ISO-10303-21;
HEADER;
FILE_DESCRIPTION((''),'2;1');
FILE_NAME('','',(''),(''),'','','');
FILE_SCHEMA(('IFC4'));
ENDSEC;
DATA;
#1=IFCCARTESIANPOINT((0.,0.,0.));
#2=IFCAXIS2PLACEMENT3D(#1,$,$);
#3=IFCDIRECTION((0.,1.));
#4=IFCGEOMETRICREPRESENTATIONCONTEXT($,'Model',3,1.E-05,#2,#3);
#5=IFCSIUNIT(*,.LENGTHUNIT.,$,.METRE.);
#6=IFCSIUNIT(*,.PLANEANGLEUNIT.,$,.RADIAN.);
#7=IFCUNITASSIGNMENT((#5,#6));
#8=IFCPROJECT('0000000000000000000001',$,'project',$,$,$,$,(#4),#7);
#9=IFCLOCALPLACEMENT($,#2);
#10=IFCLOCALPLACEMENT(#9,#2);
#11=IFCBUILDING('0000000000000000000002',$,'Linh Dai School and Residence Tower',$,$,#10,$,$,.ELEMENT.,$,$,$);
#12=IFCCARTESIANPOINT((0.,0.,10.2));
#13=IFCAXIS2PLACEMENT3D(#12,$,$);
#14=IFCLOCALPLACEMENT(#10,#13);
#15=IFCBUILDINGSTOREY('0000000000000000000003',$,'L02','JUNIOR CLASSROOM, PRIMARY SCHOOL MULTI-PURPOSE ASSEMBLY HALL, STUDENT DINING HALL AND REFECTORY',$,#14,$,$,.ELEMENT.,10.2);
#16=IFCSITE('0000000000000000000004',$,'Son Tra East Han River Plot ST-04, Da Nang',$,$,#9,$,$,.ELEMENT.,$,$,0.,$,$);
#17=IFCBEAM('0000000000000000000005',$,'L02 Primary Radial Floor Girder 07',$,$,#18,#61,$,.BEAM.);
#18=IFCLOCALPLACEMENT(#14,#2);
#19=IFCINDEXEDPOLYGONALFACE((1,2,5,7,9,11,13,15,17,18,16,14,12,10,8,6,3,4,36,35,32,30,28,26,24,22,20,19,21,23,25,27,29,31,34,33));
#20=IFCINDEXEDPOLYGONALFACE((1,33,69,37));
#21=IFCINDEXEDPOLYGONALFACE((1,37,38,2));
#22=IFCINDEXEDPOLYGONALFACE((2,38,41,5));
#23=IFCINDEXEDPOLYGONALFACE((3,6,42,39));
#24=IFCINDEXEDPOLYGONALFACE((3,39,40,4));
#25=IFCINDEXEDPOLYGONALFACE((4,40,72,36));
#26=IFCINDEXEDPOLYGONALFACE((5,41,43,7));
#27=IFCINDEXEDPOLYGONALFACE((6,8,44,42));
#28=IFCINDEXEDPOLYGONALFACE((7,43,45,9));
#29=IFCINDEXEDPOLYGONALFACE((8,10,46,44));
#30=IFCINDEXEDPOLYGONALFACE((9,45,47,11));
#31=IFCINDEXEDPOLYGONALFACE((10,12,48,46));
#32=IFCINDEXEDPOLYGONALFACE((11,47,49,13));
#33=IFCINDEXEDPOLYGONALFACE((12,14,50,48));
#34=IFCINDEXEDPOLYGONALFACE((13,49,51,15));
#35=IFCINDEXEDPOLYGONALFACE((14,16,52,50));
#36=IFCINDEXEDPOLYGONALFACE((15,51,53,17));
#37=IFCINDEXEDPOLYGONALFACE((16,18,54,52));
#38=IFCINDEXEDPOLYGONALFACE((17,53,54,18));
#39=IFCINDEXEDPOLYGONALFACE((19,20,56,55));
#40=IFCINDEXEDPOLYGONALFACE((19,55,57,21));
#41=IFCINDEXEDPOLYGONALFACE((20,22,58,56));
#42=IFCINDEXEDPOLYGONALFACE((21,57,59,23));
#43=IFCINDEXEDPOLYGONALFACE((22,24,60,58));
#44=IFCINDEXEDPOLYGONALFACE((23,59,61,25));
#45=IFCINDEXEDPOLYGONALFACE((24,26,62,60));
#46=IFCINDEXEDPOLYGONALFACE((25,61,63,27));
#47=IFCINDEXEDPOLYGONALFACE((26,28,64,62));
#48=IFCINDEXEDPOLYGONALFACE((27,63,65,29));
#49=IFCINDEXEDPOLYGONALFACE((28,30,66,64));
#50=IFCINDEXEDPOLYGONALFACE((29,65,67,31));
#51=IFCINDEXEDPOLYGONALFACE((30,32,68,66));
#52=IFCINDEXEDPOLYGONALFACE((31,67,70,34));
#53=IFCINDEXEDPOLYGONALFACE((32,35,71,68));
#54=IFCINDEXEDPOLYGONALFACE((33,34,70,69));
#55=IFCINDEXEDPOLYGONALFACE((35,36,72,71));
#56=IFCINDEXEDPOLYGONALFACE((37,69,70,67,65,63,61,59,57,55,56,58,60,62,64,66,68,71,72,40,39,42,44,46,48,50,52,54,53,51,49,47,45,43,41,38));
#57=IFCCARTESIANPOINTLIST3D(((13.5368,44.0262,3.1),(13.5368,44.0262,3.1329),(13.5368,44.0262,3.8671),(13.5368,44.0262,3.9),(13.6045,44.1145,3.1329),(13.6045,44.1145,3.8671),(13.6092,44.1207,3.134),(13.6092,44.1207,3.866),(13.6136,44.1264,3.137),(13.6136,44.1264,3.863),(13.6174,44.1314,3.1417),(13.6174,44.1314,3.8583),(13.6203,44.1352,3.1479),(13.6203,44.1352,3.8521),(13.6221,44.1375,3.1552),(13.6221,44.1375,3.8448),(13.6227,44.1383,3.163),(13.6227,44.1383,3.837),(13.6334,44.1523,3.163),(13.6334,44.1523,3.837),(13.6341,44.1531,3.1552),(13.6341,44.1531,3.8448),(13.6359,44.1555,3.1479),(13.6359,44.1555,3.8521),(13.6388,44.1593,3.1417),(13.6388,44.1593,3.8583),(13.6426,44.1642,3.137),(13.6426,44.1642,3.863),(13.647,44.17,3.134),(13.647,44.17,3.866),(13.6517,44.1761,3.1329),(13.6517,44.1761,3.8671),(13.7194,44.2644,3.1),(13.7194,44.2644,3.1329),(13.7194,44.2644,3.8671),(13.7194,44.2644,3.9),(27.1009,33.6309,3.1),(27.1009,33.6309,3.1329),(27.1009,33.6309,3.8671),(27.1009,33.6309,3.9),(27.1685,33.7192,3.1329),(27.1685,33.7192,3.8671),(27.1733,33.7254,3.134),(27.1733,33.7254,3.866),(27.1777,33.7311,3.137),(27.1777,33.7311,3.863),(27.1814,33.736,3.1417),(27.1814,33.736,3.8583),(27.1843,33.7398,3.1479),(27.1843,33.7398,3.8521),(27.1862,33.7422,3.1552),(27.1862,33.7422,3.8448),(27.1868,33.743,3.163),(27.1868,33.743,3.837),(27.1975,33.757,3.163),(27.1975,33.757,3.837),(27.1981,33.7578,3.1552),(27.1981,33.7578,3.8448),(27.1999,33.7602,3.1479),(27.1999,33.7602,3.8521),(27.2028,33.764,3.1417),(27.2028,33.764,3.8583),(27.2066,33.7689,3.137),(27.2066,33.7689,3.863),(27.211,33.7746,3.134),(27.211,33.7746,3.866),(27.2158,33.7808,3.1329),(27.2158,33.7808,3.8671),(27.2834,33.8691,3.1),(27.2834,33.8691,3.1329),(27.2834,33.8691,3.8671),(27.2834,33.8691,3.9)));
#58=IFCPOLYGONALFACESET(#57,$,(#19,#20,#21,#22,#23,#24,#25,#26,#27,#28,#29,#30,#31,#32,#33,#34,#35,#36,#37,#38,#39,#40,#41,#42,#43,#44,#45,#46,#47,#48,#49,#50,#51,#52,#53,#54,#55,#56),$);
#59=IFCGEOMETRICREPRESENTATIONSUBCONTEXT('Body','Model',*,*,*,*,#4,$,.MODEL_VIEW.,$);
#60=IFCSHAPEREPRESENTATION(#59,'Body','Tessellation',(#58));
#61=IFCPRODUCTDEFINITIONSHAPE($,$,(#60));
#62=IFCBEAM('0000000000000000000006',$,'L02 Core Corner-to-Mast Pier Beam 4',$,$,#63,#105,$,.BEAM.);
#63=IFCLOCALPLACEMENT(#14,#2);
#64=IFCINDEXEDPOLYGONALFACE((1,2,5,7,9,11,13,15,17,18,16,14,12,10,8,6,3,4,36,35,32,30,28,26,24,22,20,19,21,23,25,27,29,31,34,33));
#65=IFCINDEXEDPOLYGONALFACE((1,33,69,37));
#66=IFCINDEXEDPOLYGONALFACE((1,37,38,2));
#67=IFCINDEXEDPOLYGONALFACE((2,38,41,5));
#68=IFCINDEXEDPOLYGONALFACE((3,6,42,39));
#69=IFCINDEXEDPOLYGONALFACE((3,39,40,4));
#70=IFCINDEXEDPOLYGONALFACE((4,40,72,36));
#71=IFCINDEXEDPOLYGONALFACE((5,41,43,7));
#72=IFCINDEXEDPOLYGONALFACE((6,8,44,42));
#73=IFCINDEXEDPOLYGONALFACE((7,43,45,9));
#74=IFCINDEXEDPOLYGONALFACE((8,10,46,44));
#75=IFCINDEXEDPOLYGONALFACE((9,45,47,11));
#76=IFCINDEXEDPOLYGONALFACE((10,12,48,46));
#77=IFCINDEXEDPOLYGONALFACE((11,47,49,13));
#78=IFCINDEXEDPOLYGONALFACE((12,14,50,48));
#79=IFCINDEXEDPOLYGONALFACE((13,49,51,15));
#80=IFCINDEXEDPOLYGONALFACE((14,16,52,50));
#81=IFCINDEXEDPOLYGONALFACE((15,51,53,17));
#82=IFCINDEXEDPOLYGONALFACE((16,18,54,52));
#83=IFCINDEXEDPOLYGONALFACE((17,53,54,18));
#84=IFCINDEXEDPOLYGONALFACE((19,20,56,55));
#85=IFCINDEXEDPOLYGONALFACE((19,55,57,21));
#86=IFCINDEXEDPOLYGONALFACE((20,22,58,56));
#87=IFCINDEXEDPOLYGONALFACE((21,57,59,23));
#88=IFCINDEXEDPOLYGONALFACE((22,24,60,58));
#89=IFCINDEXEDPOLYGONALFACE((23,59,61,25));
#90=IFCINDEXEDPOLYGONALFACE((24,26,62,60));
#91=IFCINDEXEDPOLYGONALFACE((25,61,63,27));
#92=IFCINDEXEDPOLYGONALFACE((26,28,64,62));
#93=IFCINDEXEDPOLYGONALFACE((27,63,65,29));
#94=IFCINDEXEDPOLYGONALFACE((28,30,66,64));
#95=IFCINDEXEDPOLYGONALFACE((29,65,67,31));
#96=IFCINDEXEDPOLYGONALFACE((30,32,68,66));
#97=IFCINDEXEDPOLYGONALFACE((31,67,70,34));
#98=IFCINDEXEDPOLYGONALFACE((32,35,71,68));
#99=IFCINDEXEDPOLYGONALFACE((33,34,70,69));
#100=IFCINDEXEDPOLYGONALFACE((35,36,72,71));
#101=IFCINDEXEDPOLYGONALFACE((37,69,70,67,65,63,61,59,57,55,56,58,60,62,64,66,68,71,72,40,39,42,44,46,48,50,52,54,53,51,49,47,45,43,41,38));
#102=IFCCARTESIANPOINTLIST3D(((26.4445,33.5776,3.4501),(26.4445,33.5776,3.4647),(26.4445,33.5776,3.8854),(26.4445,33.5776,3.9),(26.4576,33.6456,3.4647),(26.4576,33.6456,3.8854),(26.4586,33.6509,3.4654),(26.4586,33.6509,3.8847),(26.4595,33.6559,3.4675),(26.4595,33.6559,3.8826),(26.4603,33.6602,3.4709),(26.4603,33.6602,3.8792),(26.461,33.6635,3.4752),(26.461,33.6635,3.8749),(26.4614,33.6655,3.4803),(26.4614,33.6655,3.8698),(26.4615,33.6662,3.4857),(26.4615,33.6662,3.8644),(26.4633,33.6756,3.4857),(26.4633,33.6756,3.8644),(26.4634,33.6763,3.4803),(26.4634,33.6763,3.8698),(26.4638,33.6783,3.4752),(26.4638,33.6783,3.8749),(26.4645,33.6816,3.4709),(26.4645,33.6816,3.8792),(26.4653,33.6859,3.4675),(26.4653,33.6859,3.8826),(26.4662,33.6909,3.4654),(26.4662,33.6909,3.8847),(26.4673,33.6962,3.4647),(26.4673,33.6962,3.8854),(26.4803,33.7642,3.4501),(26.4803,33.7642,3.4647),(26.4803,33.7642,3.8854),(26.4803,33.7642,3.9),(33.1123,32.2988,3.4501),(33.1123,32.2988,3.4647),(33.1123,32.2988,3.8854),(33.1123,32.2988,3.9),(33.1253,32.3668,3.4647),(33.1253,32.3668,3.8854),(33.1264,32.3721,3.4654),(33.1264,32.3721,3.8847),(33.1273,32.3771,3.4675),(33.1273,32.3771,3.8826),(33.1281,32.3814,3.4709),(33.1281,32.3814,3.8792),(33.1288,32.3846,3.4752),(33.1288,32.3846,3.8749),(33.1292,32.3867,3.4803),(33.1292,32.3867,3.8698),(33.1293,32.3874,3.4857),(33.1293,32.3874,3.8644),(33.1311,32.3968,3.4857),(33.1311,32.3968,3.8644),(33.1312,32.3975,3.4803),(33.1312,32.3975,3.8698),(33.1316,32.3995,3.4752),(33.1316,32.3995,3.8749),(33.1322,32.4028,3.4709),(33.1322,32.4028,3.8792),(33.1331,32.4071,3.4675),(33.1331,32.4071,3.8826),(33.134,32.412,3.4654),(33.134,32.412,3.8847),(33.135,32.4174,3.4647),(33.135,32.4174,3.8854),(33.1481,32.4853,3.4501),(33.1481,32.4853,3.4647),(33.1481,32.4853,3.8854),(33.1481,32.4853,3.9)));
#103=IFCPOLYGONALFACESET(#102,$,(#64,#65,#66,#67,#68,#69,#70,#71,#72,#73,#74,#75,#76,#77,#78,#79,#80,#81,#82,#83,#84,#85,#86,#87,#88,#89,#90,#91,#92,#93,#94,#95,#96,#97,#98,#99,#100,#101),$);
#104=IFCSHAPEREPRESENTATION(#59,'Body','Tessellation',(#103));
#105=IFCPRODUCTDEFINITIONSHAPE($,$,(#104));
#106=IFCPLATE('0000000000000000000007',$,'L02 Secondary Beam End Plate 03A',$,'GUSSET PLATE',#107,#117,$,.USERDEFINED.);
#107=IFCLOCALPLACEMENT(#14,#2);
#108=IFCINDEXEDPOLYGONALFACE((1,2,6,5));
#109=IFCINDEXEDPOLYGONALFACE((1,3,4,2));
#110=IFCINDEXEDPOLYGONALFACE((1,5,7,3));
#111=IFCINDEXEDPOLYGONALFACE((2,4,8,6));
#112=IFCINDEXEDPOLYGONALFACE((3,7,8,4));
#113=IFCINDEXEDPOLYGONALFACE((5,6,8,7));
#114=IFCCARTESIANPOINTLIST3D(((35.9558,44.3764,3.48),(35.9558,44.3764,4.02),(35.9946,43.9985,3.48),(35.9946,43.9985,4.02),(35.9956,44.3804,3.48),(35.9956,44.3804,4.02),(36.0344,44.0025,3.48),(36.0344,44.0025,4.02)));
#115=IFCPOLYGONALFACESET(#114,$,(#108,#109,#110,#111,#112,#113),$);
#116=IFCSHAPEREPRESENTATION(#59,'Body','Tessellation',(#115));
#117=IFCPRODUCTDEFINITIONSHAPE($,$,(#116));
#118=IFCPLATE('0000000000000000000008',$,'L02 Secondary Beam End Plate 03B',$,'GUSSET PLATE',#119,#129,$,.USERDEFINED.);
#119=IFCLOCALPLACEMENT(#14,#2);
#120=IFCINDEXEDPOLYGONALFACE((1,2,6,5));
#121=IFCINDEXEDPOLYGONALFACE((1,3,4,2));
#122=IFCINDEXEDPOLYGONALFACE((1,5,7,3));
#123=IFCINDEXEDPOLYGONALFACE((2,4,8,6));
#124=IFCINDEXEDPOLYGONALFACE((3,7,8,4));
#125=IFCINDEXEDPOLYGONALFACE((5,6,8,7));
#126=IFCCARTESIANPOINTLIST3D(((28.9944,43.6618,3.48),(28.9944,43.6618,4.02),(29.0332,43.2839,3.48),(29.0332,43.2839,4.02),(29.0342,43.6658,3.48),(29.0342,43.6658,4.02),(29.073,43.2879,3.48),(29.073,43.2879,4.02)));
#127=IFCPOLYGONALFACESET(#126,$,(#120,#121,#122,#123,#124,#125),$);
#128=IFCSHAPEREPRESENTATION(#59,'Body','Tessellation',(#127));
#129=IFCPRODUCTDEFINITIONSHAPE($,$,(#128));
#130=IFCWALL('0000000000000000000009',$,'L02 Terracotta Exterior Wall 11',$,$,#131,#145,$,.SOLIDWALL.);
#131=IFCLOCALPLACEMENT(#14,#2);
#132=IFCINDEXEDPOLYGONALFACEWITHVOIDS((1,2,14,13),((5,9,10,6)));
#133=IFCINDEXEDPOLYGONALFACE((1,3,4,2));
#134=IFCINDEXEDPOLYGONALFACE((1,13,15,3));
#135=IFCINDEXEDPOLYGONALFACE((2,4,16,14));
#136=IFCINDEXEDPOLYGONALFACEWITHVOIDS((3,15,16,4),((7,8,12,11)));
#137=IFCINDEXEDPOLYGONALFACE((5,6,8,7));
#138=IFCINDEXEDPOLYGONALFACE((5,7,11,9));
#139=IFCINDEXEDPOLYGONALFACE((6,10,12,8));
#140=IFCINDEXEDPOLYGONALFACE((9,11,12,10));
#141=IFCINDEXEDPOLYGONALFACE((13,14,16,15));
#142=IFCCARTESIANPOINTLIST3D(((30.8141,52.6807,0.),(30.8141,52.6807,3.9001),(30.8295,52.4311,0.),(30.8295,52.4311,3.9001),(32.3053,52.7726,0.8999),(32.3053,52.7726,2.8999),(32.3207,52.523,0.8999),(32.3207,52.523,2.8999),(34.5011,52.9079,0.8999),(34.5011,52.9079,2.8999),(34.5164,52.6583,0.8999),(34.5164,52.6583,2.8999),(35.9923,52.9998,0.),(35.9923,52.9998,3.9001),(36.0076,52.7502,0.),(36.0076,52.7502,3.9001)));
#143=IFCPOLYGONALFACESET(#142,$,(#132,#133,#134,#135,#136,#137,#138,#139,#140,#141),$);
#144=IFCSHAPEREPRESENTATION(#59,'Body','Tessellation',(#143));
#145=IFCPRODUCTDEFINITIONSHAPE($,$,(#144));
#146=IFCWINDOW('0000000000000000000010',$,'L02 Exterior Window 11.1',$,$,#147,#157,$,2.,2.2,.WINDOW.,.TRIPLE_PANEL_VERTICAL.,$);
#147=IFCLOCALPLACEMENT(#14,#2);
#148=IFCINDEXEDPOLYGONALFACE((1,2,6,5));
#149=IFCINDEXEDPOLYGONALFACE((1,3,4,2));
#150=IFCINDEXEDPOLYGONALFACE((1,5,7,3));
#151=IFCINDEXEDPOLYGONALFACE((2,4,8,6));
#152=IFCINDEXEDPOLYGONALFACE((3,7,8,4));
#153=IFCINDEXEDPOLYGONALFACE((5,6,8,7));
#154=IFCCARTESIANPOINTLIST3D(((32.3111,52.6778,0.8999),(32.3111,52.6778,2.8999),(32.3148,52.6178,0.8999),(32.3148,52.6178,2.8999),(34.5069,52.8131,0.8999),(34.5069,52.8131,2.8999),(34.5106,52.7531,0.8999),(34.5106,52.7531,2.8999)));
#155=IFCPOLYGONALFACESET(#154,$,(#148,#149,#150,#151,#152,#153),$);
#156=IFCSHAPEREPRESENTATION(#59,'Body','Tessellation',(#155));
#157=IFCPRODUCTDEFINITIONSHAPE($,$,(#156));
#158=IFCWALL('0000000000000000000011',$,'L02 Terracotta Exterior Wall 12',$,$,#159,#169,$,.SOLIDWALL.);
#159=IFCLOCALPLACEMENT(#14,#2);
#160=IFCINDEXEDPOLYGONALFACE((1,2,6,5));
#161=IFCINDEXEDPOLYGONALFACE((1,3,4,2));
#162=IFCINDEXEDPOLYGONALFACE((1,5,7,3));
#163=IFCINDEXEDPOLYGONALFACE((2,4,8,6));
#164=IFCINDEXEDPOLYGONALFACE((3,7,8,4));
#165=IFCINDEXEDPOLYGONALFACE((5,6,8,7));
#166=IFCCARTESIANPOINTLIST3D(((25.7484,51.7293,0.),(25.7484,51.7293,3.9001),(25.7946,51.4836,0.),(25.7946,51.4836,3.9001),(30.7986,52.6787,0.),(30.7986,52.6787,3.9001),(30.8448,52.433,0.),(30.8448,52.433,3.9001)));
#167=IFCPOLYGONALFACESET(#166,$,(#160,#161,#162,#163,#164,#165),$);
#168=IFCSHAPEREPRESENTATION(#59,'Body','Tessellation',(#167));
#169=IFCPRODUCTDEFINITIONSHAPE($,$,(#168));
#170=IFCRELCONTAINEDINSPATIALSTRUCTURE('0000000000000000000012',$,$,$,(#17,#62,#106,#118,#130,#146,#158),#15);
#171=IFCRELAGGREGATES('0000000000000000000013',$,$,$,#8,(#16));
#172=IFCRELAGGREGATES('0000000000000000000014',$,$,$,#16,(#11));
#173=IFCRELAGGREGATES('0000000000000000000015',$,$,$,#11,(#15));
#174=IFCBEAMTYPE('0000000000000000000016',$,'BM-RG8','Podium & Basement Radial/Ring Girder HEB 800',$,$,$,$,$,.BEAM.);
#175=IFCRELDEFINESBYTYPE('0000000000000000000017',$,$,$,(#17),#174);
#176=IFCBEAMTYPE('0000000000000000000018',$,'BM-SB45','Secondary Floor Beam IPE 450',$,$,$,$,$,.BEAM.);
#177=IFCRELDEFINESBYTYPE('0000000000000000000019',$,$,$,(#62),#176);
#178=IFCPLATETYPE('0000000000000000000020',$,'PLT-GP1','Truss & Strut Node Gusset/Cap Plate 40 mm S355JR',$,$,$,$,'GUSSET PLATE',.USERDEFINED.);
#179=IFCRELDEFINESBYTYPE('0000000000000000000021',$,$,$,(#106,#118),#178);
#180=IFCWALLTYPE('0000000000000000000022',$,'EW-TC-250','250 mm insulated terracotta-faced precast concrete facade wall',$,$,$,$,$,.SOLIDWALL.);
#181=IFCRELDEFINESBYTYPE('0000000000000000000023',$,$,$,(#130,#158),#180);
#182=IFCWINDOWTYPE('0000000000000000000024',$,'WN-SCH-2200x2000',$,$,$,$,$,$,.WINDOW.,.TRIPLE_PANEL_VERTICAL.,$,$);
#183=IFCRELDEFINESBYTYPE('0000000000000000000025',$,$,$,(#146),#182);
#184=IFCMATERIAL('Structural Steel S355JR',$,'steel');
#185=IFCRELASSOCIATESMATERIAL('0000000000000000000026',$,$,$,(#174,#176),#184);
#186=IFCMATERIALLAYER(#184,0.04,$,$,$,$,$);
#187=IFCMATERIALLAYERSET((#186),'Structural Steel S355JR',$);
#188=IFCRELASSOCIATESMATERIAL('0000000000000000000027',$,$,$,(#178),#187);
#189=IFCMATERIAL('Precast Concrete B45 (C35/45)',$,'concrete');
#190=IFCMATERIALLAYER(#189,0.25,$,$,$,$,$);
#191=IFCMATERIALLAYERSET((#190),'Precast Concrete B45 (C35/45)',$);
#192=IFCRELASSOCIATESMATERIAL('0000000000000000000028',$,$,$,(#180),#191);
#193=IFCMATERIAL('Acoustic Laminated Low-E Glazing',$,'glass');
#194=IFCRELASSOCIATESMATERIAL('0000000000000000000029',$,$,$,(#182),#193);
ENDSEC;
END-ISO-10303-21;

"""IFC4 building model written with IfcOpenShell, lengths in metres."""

from ifc_helpers import new_model, si_unit, direction, frame, frame_2d, origin, origin_2d, place, context, subcontext, project, spatial, rectangle, i_section, extrude, source, transform, mapped, material, layer, layer_set, material_profile, profile_set, type_object, element, fill, save


model = new_model("IFC4")

# Units and contexts
model_context = context("Model", 3, precision=1e-05, world=origin(), true_north=direction((0.0, 1.0)))
body_context = subcontext(model_context, "Body", "Model", "MODEL_VIEW")
ifc_project = project(units=[si_unit("LENGTHUNIT", "METRE"), si_unit("PLANEANGLEUNIT", "RADIAN")], contexts=[model_context])

# Site, building, storey
site_placement = place(None, origin())
site = spatial("IfcSite", under=ifc_project, at=site_placement, Name="Son Tra East Han River Plot ST-04, Da Nang", CompositionType="ELEMENT", RefElevation=0.0)
building_placement = place(site_placement, origin())
building = spatial("IfcBuilding", under=site, at=building_placement, Name="Linh Dai School and Residence Tower", CompositionType="ELEMENT")
storey_placement = place(building_placement, frame((0.0, 0.0, 10.2)))
storey = spatial("IfcBuildingStorey", under=building, at=storey_placement, Name="L02", Description="JUNIOR CLASSROOM, PRIMARY SCHOOL MULTI-PURPOSE ASSEMBLY HALL, STUDENT DINING HALL AND REFECTORY", CompositionType="ELEMENT", Elevation=10.2)

# Shared definitions
ifc_material_1 = material(Name="Structural Steel S355JR", Category="steel")

# Beams
ifc_material_profile_1 = material_profile(ifc_material_1, i_section(OverallWidth=0.3, OverallDepth=0.8, WebThickness=0.0176, FlangeThickness=0.033, FilletRadius=0.03, at=origin_2d()), Name="HEB 800")
ifc_profile_set_1 = profile_set([ifc_material_profile_1], Name="Structural Steel S355JR")
beam_type_1 = type_object("IfcBeamType", Name="BM-RG8", Description="Podium & Basement Radial/Ring Girder HEB 800", PredefinedType="BEAM", material=ifc_profile_set_1)
beam_1_placement = place(storey_placement, frame((27.1921, 33.75, 3.5), z_axis=(-0.793713, 0.608292, 0.0), x_axis=(-0.608292, -0.793713, 0.0)))
element("IfcBeam", 1, at=beam_1_placement, inside=storey, type_object=beam_type_1, Name="L02 Primary Radial Floor Girder 07", PredefinedType="BEAM", context=body_context, shape_type="SweptSolid", body=[
    extrude(i_section(OverallWidth=0.3, OverallDepth=0.8, WebThickness=0.0176, FlangeThickness=0.033, FilletRadius=0.03, at=origin_2d()), origin(), (0.0, 0.0, 1.0), 17.0894),
])
ifc_material_profile_2 = material_profile(ifc_material_1, i_section(OverallWidth=0.1899, OverallDepth=0.45, WebThickness=0.0095, FlangeThickness=0.0146, FilletRadius=0.021, at=origin_2d()), Name="IPE 450")
ifc_profile_set_2 = profile_set([ifc_material_profile_2], Name="Structural Steel S355JR")
beam_type_2 = type_object("IfcBeamType", Name="BM-SB45", Description="Secondary Floor Beam IPE 450", PredefinedType="BEAM", material=ifc_profile_set_2)
beam_2_placement = place(storey_placement, frame((26.4624, 33.6709, 3.675), z_axis=(0.9821, -0.188358, 0.0), x_axis=(0.188358, 0.9821, 0.0)))
element("IfcBeam", 2, at=beam_2_placement, inside=storey, type_object=beam_type_2, Name="L02 Core Corner-to-Mast Pier Beam 4", PredefinedType="BEAM", context=body_context, shape_type="SweptSolid", body=[
    extrude(i_section(OverallWidth=0.1899, OverallDepth=0.45, WebThickness=0.0095, FlangeThickness=0.0146, FilletRadius=0.021, at=origin_2d()), origin(), (0.0, 0.0, 1.0), 6.7893),
])

# Plates
ifc_layer_1 = layer(ifc_material_1, 0.04)
ifc_layer_set_1 = layer_set([ifc_layer_1], Name="Structural Steel S355JR")
plate_type = type_object("IfcPlateType", Name="PLT-GP1", Description="Truss & Strut Node Gusset/Cap Plate 40 mm S355JR", ElementType="GUSSET PLATE", PredefinedType="USERDEFINED", material=ifc_layer_set_1)
shared_shape_1 = source(origin(), body_context, "Body", "SweptSolid", [
    extrude(rectangle(XDim=0.04, YDim=0.3799, at=origin_2d()), origin(), (0.0, 0.0, 1.0), 0.54),
])
for number, where, z_axis, x_axis, name in (
    (3, (35.9951, 44.1895, 3.48), (0.0, 0.0, 1.0), (-0.994772, -0.102124, 0.0), "L02 Secondary Beam End Plate 03A"),
    (4, (29.0337, 43.4749, 3.48), (0.0, 0.0, 1.0), (-0.994772, -0.102124, 0.0), "L02 Secondary Beam End Plate 03B"),
):
    element("IfcPlate", number, at=place(storey_placement, frame(where, z_axis=z_axis, x_axis=x_axis)), inside=storey, type_object=plate_type, Name=name, ObjectType="GUSSET PLATE", PredefinedType="USERDEFINED", context=body_context, shape_type="MappedRepresentation", body=[
        mapped(shared_shape_1, transform((0.0, 0.0, 0.0), x_axis=(1.0, 0.0, 0.0), y_axis=(0.0, 1.0, 0.0), z_axis=(0.0, 0.0, 1.0), scale=1.0)),
    ])

# Wall, opening, window
ifc_material_2 = material(Name="Precast Concrete B45 (C35/45)", Category="concrete")
ifc_layer_2 = layer(ifc_material_2, 0.25)
ifc_layer_set_2 = layer_set([ifc_layer_2], Name="Precast Concrete B45 (C35/45)")
wall_type_1 = type_object("IfcWallType", Name="EW-TC-250", Description="250 mm insulated terracotta-faced precast concrete facade wall", PredefinedType="SOLIDWALL", material=ifc_layer_set_2)
wall_1_placement = place(storey_placement, frame((30.8218, 52.5559, 0.0), z_axis=(0.0, 0.0, 1.0), x_axis=(0.998107, 0.061505, 0.0)))
wall_1 = element("IfcWall", 5, at=wall_1_placement, inside=storey, type_object=wall_type_1, Name="L02 Terracotta Exterior Wall 11", PredefinedType="SOLIDWALL", context=body_context, shape_type="SweptSolid", body=[
    extrude(rectangle(XDim=5.188, YDim=0.25, at=frame_2d((2.594, 0.0))), origin(), (0.0, 0.0, 1.0), 3.9001),
])
opening_1_placement = place(wall_1_placement, frame((1.4939, 0.0, 0.8999)))
opening_1 = element("IfcOpeningElement", 6, at=opening_1_placement, cuts=wall_1, PredefinedType="OPENING", context=body_context, shape_type="SweptSolid", body=[
    extrude(rectangle(XDim=2.2, YDim=2.0, at=origin_2d()), frame((1.1001, 0.135, 1.0), z_axis=(0.0, -1.0, 0.0), x_axis=(1.0, 0.0, 0.0)), (0.0, 0.0, 1.0), 0.27),
])
ifc_material_3 = material(Name="Acoustic Laminated Low-E Glazing", Category="glass")
window_type = type_object("IfcWindowType", Name="WN-SCH-2200x2000", PartitioningType="TRIPLE_PANEL_VERTICAL", PredefinedType="WINDOW", material=ifc_material_3)
shared_shape_2 = source(origin(), body_context, "Body", "SweptSolid", [
    extrude(rectangle(XDim=2.2, YDim=2.0, at=origin_2d()), frame((1.1001, 0.03, 1.0), z_axis=(0.0, -1.0, 0.0), x_axis=(1.0, 0.0, 0.0)), (0.0, 0.0, 1.0), 0.0601),
])
window_placement = place(opening_1_placement, origin())
window = element("IfcWindow", 7, at=window_placement, inside=storey, type_object=window_type, Name="L02 Exterior Window 11.1", OverallHeight=2.0, OverallWidth=2.2, PartitioningType="TRIPLE_PANEL_VERTICAL", PredefinedType="WINDOW", context=body_context, shape_type="MappedRepresentation", body=[
    mapped(shared_shape_2, transform((0.0, 0.0, 0.0), x_axis=(1.0, 0.0, 0.0), y_axis=(0.0, 1.0, 0.0), z_axis=(0.0, 0.0, 1.0), scale=1.0)),
])
fill(opening_1, window)

# Wall
wall_2_placement = place(storey_placement, frame((25.7715, 51.6064, 0.0), z_axis=(0.0, 0.0, 1.0), x_axis=(0.982783, 0.184765, 0.0)))
element("IfcWall", 8, at=wall_2_placement, inside=storey, type_object=wall_type_1, Name="L02 Terracotta Exterior Wall 12", PredefinedType="SOLIDWALL", context=body_context, shape_type="SweptSolid", body=[
    extrude(rectangle(XDim=5.1387, YDim=0.25, at=frame_2d((2.5693, 0.0))), origin(), (0.0, 0.0, 1.0), 3.9001),
])

save(model, "model.ifc")
